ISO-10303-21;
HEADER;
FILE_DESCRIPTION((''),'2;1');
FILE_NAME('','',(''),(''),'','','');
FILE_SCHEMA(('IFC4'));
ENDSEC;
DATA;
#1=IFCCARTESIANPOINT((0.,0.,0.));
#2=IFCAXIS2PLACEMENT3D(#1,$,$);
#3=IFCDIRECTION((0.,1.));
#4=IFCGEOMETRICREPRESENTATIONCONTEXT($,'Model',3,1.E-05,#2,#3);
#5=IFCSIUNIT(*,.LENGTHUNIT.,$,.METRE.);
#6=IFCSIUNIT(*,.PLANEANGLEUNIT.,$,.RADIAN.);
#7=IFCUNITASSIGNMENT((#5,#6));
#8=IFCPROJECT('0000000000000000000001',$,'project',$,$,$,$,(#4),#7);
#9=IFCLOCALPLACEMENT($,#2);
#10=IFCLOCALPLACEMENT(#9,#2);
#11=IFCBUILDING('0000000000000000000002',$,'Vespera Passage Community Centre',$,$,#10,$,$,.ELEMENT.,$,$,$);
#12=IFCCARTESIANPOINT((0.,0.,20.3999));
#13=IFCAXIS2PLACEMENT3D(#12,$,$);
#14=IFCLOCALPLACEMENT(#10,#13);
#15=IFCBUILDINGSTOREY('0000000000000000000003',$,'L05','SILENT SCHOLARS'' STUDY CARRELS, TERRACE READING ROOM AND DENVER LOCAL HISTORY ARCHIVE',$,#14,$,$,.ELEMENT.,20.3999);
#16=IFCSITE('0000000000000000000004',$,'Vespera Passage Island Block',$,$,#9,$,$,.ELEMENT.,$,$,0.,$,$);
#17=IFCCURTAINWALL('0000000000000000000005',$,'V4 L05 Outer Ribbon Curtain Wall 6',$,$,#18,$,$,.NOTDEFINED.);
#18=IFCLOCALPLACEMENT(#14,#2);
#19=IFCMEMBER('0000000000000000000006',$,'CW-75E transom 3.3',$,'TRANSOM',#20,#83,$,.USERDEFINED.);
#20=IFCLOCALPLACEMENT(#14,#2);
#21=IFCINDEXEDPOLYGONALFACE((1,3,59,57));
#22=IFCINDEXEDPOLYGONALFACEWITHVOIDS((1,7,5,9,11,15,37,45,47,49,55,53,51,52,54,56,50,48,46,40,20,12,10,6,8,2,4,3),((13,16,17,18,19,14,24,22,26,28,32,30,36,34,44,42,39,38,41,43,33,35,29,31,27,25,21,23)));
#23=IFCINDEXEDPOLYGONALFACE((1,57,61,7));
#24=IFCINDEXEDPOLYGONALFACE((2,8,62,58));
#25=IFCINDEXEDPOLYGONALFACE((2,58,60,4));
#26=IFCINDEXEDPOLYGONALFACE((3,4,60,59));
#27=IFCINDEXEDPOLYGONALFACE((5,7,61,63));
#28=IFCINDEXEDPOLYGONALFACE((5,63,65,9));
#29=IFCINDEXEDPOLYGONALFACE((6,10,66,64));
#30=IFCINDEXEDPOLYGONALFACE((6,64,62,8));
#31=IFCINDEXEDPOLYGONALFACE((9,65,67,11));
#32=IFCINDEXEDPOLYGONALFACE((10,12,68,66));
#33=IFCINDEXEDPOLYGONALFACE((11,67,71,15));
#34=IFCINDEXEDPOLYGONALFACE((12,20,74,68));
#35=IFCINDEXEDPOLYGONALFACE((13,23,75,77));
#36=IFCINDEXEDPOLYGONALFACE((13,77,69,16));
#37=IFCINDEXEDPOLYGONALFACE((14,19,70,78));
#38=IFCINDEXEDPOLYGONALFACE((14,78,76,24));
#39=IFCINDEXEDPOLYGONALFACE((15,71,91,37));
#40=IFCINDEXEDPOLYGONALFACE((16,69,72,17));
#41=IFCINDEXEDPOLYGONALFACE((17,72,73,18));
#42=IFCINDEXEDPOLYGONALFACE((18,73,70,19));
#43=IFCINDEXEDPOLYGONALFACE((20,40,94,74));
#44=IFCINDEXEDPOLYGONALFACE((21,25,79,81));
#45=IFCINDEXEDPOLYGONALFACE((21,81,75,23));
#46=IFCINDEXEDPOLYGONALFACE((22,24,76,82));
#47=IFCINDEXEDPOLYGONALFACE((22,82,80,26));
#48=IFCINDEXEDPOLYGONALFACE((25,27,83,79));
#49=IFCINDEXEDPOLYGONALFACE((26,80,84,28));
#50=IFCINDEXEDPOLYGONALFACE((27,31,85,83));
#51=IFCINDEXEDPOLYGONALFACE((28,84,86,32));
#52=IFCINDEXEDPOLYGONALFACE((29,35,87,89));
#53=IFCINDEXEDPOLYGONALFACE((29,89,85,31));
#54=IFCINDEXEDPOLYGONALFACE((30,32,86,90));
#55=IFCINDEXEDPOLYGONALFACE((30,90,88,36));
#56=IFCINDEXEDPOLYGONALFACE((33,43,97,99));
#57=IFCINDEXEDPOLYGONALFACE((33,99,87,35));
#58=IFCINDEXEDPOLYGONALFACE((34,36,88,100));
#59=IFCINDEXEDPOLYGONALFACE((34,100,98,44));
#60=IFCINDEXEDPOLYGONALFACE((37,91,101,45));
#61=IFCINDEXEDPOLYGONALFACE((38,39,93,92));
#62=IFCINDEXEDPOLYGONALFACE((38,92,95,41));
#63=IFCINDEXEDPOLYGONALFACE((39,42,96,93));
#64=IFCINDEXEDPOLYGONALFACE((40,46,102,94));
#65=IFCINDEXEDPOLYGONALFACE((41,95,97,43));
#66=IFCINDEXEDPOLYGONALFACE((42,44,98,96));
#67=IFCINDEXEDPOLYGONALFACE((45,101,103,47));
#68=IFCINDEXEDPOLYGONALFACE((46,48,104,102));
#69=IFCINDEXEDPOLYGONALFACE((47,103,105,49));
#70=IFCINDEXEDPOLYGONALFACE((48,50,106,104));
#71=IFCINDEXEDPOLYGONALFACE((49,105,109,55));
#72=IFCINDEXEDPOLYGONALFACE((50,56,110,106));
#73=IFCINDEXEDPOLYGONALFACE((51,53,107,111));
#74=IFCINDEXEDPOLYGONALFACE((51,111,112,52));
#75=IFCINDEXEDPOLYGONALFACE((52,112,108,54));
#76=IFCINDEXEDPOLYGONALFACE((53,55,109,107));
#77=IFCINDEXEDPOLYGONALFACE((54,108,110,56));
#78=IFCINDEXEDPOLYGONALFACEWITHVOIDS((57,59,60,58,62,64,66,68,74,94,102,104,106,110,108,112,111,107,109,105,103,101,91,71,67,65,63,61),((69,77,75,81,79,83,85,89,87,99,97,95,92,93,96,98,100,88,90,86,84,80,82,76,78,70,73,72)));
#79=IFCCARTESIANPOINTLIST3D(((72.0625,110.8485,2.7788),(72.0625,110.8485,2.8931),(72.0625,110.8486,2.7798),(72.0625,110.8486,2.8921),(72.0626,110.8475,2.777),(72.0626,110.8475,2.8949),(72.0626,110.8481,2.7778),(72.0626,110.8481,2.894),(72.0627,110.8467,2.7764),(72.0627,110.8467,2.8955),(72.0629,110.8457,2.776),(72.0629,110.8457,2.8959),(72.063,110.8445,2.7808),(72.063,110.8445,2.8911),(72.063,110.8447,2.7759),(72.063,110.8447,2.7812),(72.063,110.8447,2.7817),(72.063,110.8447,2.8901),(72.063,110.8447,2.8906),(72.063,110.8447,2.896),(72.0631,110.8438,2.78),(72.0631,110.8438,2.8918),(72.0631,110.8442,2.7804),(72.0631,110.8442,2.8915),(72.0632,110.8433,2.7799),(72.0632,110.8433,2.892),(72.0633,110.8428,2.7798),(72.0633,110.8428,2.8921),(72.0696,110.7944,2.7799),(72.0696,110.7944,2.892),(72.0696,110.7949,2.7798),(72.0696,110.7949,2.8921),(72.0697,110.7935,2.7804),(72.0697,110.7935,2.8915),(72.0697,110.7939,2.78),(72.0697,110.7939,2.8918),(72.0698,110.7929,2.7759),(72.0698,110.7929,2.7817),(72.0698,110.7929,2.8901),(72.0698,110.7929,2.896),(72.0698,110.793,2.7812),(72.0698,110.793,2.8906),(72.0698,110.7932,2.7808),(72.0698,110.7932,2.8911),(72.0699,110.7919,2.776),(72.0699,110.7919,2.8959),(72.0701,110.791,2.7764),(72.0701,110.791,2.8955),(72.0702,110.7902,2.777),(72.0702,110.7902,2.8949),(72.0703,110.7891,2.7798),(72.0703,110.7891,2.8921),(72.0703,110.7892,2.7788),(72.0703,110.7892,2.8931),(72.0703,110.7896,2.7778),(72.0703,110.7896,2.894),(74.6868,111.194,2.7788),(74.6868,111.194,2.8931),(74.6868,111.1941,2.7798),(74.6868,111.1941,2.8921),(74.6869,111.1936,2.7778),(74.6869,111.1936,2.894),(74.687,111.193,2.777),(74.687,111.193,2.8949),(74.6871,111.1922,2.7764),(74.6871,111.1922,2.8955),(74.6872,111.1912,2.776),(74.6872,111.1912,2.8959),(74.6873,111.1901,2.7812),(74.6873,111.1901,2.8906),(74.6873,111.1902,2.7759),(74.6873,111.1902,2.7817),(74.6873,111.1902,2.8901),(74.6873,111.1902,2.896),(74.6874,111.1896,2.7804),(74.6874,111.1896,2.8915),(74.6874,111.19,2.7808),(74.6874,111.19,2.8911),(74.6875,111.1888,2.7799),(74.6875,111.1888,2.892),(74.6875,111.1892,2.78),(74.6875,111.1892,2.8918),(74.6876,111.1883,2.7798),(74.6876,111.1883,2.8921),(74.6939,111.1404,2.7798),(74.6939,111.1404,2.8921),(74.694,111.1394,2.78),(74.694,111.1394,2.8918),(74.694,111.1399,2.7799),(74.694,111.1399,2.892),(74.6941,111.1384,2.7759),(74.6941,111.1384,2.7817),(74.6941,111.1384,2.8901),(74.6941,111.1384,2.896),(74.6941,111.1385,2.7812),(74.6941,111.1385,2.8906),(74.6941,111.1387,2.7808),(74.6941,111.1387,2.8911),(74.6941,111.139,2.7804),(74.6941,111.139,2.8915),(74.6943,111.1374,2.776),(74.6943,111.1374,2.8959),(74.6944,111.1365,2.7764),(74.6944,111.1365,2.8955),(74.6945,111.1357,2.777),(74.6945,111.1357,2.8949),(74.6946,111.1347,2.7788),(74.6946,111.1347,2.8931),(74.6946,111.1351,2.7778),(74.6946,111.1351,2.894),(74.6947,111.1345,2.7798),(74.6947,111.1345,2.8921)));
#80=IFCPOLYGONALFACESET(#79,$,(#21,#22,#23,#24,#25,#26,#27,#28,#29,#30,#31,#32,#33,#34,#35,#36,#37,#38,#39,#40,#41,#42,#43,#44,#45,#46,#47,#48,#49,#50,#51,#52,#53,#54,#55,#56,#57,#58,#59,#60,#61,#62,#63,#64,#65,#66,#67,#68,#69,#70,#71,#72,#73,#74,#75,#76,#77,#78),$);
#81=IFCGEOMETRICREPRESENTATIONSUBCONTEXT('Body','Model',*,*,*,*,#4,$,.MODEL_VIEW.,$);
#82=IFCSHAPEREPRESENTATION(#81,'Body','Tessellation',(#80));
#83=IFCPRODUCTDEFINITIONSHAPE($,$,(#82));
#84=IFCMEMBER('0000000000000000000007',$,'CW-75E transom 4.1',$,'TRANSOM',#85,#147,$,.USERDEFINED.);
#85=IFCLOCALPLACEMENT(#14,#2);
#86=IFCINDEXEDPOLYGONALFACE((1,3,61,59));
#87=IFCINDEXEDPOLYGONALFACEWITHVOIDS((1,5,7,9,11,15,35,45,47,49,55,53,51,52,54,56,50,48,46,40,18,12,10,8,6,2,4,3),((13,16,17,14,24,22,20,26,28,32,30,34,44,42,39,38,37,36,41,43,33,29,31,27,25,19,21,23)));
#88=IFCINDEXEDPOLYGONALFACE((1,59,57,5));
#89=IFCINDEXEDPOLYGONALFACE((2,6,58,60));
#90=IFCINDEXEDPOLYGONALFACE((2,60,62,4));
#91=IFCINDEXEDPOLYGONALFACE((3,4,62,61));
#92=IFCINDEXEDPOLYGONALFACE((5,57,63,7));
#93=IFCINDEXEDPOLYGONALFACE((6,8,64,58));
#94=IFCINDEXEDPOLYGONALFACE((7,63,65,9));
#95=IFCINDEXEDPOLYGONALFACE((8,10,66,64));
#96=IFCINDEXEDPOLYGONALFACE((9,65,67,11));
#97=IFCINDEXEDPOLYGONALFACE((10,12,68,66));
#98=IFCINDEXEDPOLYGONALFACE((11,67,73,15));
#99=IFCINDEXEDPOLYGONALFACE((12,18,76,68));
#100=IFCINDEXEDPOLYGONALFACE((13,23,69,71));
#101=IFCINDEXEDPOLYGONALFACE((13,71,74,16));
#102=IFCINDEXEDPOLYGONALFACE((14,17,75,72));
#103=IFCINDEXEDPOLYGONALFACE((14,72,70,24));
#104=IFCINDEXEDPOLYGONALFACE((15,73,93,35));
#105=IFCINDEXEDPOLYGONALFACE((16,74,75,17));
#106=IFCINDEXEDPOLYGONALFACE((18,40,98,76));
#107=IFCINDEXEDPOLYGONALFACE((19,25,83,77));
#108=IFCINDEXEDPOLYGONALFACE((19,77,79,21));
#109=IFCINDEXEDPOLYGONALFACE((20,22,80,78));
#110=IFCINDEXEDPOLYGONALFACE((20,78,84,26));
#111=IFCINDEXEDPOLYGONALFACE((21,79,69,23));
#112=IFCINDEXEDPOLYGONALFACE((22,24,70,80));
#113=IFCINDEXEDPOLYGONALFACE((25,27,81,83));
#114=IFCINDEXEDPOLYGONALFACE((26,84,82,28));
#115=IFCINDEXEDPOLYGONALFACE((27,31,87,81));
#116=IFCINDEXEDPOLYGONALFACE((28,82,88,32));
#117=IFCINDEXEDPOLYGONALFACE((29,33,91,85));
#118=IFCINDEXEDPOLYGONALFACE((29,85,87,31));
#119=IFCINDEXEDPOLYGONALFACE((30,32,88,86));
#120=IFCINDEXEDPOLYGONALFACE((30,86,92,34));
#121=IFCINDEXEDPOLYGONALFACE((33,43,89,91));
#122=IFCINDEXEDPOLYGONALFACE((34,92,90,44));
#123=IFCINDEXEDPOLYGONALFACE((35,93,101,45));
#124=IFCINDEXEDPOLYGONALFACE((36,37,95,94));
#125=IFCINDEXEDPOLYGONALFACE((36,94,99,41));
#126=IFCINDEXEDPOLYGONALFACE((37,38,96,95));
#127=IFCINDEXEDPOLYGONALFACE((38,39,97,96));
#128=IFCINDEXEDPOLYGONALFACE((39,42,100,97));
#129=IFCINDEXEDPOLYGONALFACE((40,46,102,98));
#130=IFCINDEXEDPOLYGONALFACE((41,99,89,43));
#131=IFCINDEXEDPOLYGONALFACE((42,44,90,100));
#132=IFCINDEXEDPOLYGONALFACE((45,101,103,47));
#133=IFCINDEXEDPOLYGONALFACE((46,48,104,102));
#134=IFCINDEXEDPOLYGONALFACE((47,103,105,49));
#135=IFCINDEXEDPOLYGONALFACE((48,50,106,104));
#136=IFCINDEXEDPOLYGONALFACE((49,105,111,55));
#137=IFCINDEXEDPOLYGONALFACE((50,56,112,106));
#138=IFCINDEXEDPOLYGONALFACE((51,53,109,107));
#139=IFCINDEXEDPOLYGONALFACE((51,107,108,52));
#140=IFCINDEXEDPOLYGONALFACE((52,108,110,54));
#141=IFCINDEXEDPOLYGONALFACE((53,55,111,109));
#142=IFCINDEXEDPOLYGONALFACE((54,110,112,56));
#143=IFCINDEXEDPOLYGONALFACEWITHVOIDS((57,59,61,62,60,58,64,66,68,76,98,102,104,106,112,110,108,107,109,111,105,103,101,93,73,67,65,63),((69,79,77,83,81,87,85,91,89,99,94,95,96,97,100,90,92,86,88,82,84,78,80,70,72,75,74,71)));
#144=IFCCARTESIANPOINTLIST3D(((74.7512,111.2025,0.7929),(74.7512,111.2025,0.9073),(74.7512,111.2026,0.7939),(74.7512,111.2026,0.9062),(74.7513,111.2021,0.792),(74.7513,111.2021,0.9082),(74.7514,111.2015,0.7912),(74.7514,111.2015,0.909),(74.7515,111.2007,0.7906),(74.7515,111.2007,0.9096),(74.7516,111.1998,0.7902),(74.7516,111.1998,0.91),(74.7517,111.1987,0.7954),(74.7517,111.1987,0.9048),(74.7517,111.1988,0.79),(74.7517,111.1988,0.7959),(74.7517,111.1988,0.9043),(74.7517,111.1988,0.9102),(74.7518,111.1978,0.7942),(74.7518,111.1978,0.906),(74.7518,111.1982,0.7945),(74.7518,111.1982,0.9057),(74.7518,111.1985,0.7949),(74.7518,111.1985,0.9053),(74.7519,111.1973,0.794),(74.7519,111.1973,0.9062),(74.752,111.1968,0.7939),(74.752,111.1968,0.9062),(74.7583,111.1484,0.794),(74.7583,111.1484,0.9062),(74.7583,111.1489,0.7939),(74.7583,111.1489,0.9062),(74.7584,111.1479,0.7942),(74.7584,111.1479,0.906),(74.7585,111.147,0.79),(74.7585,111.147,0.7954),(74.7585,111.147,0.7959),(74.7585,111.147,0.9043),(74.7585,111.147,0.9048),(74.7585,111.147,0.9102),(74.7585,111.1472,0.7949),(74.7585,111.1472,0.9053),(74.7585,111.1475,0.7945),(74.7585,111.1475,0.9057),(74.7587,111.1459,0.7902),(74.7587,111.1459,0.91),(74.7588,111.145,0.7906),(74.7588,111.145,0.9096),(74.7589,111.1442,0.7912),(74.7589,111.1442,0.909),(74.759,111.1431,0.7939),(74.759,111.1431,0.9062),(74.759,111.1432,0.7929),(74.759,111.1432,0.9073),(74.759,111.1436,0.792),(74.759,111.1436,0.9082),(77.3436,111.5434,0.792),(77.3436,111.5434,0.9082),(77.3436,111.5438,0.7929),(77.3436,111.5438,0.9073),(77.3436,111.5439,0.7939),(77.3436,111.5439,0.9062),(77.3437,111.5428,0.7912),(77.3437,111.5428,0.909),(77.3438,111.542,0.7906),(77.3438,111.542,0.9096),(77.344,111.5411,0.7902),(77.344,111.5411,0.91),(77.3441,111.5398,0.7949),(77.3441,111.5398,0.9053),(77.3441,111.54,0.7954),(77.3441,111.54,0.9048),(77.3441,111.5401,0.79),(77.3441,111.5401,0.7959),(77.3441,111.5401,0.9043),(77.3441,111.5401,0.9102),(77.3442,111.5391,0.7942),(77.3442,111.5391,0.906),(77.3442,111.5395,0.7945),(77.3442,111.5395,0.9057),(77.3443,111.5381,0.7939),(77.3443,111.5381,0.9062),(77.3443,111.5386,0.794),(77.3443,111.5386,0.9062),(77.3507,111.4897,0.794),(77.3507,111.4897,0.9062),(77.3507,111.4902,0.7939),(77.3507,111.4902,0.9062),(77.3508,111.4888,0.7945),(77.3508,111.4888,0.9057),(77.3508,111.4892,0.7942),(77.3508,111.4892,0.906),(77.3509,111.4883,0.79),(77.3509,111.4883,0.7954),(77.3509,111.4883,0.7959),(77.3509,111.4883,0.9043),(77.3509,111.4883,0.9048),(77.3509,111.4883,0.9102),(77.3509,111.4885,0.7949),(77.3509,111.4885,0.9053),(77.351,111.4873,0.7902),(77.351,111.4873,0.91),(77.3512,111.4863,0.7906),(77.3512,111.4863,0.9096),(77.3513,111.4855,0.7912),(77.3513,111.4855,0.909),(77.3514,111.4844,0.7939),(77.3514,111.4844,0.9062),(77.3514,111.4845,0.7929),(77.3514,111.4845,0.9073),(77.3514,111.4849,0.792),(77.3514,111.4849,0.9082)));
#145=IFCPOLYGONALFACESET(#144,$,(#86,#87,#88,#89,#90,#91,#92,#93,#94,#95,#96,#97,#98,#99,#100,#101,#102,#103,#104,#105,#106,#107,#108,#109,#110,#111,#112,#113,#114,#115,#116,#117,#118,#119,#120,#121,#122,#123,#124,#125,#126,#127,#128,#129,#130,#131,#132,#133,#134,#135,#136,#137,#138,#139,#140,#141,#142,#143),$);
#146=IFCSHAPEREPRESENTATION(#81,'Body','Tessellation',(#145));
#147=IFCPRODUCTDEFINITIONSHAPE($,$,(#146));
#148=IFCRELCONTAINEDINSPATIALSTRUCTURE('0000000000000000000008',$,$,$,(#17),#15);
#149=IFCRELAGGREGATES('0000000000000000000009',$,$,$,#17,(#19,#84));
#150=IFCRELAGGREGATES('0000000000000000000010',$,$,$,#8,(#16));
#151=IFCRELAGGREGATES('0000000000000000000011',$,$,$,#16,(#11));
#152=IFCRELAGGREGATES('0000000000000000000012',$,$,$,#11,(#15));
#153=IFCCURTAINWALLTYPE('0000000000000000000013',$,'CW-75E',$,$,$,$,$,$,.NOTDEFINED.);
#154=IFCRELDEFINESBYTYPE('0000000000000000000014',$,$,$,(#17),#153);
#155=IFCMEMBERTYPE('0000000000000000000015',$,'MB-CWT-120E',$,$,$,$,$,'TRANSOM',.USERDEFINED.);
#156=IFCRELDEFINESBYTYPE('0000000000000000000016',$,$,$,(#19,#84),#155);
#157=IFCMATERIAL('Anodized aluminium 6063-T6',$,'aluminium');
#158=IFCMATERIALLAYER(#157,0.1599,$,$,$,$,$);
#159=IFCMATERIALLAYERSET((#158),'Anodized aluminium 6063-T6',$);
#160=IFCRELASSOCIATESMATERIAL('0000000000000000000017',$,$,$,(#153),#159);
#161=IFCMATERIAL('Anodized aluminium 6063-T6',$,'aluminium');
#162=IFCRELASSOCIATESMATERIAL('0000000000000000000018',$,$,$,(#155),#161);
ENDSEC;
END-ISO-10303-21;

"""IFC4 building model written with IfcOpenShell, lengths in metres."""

from ifc_helpers import new_model, si_unit, direction, frame, origin, origin_2d, place, context, subcontext, project, spatial, hollow_rectangle, extrude, material, layer, layer_set, material_profile, profile_set, type_object, element, aggregate, save


model = new_model("IFC4")

# Units and contexts
model_context = context("Model", 3, precision=1e-05, world=origin(), true_north=direction((0.0, 1.0)))
body_context = subcontext(model_context, "Body", "Model", "MODEL_VIEW")
ifc_project = project(units=[si_unit("LENGTHUNIT", "METRE"), si_unit("PLANEANGLEUNIT", "RADIAN")], contexts=[model_context])

# Site, building, storey
site_placement = place(None, origin())
site = spatial("IfcSite", under=ifc_project, at=site_placement, Name="Vespera Passage Island Block", CompositionType="ELEMENT", RefElevation=0.0)
building_placement = place(site_placement, origin())
building = spatial("IfcBuilding", under=site, at=building_placement, Name="Vespera Passage Community Centre", CompositionType="ELEMENT")
storey_placement = place(building_placement, frame((0.0, 0.0, 20.3999)))
storey = spatial("IfcBuildingStorey", under=building, at=storey_placement, Name="L05", Description="SILENT SCHOLARS' STUDY CARRELS, TERRACE READING ROOM AND DENVER LOCAL HISTORY ARCHIVE", CompositionType="ELEMENT", Elevation=20.3999)

# Curtain wall, members
ifc_material_1 = material(Name="Anodized aluminium 6063-T6", Category="aluminium")
ifc_layer_1 = layer(ifc_material_1, 0.1599)
ifc_layer_set_1 = layer_set([ifc_layer_1], Name="Anodized aluminium 6063-T6")
curtain_wall_type = type_object("IfcCurtainWallType", Name="CW-75E", PredefinedType="NOTDEFINED", material=ifc_layer_set_1)
curtain_wall_placement = place(storey_placement, origin())
curtain_wall = element("IfcCurtainWall", 1, at=curtain_wall_placement, inside=storey, type_object=curtain_wall_type, Name="V4 L05 Outer Ribbon Curtain Wall 6", PredefinedType="NOTDEFINED")
ifc_material_2 = material(Name="Anodized aluminium 6063-T6", Category="aluminium")
ifc_material_profile_1 = material_profile(ifc_material_2, hollow_rectangle(XDim=0.0601, YDim=0.1201, WallThickness=0.0039, InnerFilletRadius=0.002, OuterFilletRadius=0.0039, at=origin_2d()), Name="ALU120X60X4")
ifc_profile_set_1 = profile_set([ifc_material_profile_1], Name="Anodized aluminium 6063-T6")
member_type_1 = type_object("IfcMemberType", Name="MB-CWT-120E", ElementType="TRANSOM", PredefinedType="USERDEFINED", material=ifc_profile_set_1)
member_1_placement = place(storey_placement, frame((72.0664, 110.8188, 2.8359), z_axis=(0.991446, 0.130514, 0.0), x_axis=(-0.130514, 0.991446, 0.0)))
member_1 = element("IfcMember", 2, at=member_1_placement, type_object=member_type_1, Name="CW-75E transom 3.3", ObjectType="TRANSOM", PredefinedType="USERDEFINED", context=body_context, shape_type="SweptSolid", body=[
    extrude(hollow_rectangle(XDim=0.0601, YDim=0.1201, WallThickness=0.0039, InnerFilletRadius=0.002, OuterFilletRadius=0.0039, at=origin_2d()), origin(), (0.0, 0.0, 1.0), 2.647),
])
member_2_placement = place(storey_placement, frame((74.7551, 111.1729, 0.8501), z_axis=(0.991443, 0.130537, 0.0), x_axis=(-0.130537, 0.991443, 0.0)))
member_2 = element("IfcMember", 3, at=member_2_placement, type_object=member_type_1, Name="CW-75E transom 4.1", ObjectType="TRANSOM", PredefinedType="USERDEFINED", context=body_context, shape_type="SweptSolid", body=[
    extrude(hollow_rectangle(XDim=0.0601, YDim=0.1201, WallThickness=0.0039, InnerFilletRadius=0.002, OuterFilletRadius=0.0039, at=origin_2d()), origin(), (0.0, 0.0, 1.0), 2.6147),
])
aggregate(curtain_wall, [member_1, member_2])

save(model, "model.ifc")
